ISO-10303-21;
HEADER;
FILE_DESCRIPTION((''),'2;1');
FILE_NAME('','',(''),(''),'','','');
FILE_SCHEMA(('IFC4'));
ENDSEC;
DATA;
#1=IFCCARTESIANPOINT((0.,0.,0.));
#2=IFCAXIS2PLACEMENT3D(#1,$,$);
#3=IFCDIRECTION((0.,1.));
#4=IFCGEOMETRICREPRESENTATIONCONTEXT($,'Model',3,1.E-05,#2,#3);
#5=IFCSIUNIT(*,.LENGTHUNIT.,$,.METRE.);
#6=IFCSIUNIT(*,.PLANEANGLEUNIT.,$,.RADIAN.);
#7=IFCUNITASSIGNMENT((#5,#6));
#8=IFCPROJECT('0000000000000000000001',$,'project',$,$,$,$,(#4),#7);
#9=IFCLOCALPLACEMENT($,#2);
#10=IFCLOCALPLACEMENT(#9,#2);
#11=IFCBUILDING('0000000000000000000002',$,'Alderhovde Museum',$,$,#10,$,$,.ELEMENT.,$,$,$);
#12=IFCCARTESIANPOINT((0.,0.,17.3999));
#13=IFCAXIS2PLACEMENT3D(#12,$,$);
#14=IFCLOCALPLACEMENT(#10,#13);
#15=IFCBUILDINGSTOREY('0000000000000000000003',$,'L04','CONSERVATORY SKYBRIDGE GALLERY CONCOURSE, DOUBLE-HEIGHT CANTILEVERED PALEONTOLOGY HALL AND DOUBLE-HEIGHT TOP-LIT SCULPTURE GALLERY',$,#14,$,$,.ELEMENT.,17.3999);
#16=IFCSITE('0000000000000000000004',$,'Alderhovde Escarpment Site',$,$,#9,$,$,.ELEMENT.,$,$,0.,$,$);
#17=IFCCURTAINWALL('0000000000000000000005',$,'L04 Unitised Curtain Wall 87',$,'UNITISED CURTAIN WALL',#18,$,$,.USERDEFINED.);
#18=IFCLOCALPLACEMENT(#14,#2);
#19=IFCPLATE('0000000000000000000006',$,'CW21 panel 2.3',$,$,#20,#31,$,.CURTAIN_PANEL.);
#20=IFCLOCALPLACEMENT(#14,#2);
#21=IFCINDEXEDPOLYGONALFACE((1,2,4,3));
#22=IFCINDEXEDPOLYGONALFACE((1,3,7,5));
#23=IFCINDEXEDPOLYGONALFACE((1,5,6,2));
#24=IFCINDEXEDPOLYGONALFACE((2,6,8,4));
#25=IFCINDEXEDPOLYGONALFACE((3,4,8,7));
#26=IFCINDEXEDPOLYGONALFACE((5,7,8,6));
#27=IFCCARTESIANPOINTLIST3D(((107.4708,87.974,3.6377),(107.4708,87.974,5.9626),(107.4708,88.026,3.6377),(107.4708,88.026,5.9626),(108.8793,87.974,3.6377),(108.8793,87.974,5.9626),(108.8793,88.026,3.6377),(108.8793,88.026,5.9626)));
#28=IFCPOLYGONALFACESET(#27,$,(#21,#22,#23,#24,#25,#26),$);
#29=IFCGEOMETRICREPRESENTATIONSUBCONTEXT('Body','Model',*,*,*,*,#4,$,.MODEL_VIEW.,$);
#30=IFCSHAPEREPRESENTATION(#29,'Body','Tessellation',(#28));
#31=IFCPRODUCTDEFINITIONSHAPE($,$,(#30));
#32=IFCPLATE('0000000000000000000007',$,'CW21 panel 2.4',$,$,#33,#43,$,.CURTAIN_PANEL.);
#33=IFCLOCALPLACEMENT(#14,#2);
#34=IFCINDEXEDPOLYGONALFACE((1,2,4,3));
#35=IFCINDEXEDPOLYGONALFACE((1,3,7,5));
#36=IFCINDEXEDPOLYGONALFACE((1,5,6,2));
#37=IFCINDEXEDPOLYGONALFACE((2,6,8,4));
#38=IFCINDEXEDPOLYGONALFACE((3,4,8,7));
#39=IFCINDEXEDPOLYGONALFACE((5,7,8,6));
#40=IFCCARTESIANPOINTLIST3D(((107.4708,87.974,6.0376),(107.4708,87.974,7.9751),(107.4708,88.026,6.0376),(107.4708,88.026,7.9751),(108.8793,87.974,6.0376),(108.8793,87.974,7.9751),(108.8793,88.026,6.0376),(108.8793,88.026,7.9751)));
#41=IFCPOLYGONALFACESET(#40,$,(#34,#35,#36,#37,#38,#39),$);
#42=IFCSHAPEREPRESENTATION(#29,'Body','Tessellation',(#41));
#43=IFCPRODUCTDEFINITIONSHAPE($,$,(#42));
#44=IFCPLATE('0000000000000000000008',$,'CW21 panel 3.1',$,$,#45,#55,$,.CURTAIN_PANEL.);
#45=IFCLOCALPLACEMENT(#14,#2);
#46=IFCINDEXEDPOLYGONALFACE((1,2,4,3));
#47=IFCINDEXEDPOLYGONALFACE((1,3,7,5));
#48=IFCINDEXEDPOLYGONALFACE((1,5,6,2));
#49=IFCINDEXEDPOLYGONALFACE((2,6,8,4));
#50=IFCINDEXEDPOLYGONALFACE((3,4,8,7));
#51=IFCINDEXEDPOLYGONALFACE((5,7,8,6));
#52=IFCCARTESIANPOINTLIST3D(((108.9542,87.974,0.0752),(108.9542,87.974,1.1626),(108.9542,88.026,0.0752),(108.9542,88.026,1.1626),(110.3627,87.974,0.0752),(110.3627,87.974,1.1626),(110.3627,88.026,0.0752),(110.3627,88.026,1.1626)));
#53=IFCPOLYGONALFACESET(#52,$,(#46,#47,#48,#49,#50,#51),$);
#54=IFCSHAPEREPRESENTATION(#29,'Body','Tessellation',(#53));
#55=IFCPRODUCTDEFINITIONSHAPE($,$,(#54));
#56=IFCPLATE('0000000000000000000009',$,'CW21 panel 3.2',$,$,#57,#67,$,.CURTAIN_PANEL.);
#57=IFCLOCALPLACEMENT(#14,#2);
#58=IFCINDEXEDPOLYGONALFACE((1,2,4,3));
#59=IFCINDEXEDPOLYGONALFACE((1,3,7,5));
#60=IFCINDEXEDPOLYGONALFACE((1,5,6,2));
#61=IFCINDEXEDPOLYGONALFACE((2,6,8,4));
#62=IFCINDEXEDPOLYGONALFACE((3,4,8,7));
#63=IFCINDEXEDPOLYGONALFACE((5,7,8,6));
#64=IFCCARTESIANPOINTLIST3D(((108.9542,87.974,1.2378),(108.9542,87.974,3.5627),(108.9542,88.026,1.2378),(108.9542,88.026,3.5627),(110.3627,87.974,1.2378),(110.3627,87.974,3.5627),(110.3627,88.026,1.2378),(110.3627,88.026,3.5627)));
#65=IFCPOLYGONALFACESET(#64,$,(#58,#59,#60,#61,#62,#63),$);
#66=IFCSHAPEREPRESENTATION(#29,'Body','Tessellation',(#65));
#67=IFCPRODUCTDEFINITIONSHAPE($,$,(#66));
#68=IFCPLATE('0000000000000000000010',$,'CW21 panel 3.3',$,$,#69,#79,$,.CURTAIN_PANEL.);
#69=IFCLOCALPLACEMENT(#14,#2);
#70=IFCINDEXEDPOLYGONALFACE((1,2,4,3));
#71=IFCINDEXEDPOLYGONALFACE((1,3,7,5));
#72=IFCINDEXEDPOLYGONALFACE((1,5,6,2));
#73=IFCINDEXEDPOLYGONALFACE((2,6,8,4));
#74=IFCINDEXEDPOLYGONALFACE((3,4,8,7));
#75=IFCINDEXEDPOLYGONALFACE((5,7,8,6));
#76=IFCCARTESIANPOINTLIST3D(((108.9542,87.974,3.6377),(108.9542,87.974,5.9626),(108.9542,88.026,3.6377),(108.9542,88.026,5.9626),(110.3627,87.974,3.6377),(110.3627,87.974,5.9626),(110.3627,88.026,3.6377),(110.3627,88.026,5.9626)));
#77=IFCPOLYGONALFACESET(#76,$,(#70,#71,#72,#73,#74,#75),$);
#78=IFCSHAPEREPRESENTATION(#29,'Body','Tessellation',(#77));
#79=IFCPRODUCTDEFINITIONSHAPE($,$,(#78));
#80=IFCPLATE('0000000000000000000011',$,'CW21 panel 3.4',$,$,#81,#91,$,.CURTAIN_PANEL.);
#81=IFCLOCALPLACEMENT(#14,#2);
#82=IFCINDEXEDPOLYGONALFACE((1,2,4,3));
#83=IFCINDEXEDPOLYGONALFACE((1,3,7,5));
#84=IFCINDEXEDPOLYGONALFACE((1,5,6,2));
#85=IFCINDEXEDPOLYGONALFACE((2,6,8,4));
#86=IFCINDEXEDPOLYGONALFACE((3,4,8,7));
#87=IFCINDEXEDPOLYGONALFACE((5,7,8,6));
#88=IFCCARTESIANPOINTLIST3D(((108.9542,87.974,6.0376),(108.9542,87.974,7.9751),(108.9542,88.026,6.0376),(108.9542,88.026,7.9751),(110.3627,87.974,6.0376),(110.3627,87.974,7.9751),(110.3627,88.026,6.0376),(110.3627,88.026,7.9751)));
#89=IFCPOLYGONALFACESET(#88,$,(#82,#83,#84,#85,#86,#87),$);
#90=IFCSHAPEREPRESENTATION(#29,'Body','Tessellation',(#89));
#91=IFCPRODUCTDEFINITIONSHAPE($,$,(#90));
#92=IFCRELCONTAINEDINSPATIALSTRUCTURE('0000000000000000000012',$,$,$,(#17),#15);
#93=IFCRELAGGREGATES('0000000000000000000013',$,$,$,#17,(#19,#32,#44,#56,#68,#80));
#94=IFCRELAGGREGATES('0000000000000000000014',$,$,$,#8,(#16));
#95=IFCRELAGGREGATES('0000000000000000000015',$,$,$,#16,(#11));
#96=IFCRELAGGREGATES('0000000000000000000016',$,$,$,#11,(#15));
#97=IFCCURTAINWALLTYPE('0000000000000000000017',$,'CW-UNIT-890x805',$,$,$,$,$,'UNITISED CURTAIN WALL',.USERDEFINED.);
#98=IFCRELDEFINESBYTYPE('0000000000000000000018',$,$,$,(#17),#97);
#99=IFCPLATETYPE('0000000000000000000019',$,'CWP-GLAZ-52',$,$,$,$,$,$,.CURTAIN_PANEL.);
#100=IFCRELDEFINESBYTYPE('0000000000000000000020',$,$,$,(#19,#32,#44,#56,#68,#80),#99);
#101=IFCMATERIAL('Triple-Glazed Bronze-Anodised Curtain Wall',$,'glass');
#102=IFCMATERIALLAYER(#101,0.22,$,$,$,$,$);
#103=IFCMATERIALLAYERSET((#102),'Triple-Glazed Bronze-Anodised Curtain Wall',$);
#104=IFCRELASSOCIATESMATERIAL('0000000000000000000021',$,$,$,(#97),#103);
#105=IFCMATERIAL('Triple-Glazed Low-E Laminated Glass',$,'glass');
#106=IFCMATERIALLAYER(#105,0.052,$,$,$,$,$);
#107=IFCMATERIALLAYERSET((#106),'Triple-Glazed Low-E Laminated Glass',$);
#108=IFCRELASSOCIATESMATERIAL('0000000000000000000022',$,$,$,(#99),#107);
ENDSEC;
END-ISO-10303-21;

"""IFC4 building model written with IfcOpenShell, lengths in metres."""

from ifc_helpers import new_model, si_unit, direction, frame, origin, origin_2d, place, context, subcontext, project, spatial, rectangle, extrude, material, layer, layer_set, type_object, element, aggregate, save


model = new_model("IFC4")

# Units and contexts
model_context = context("Model", 3, precision=1e-05, world=origin(), true_north=direction((0.0, 1.0)))
body_context = subcontext(model_context, "Body", "Model", "MODEL_VIEW")
ifc_project = project(units=[si_unit("LENGTHUNIT", "METRE"), si_unit("PLANEANGLEUNIT", "RADIAN")], contexts=[model_context])

# Site, building, storey
site_placement = place(None, origin())
site = spatial("IfcSite", under=ifc_project, at=site_placement, Name="Alderhovde Escarpment Site", CompositionType="ELEMENT", RefElevation=0.0)
building_placement = place(site_placement, origin())
building = spatial("IfcBuilding", under=site, at=building_placement, Name="Alderhovde Museum", CompositionType="ELEMENT")
storey_placement = place(building_placement, frame((0.0, 0.0, 17.3999)))
storey = spatial("IfcBuildingStorey", under=building, at=storey_placement, Name="L04", Description="CONSERVATORY SKYBRIDGE GALLERY CONCOURSE, DOUBLE-HEIGHT CANTILEVERED PALEONTOLOGY HALL AND DOUBLE-HEIGHT TOP-LIT SCULPTURE GALLERY", CompositionType="ELEMENT", Elevation=17.3999)

# Curtain wall
ifc_material_1 = material(Name="Triple-Glazed Bronze-Anodised Curtain Wall", Category="glass")
ifc_layer_1 = layer(ifc_material_1, 0.22)
ifc_layer_set_1 = layer_set([ifc_layer_1], Name="Triple-Glazed Bronze-Anodised Curtain Wall")
curtain_wall_type = type_object("IfcCurtainWallType", Name="CW-UNIT-890x805", ElementType="UNITISED CURTAIN WALL", PredefinedType="USERDEFINED", material=ifc_layer_set_1)
curtain_wall_placement = place(storey_placement, origin())
curtain_wall = element("IfcCurtainWall", 1, at=curtain_wall_placement, inside=storey, type_object=curtain_wall_type, Name="L04 Unitised Curtain Wall 87", ObjectType="UNITISED CURTAIN WALL", PredefinedType="USERDEFINED")

# Plates
ifc_material_2 = material(Name="Triple-Glazed Low-E Laminated Glass", Category="glass")
ifc_layer_2 = layer(ifc_material_2, 0.052)
ifc_layer_set_2 = layer_set([ifc_layer_2], Name="Triple-Glazed Low-E Laminated Glass")
plate_type = type_object("IfcPlateType", Name="CWP-GLAZ-52", PredefinedType="CURTAIN_PANEL", material=ifc_layer_set_2)
plate_1_placement = place(storey_placement, frame((108.175, 88.0, 3.6377), z_axis=(0.0, 0.0, 1.0), x_axis=(1.0, 0.0, 0.0)))
plate_1 = element("IfcPlate", 2, at=plate_1_placement, type_object=plate_type, Name="CW21 panel 2.3", PredefinedType="CURTAIN_PANEL", context=body_context, shape_type="SweptSolid", body=[
    extrude(rectangle(XDim=1.4084, YDim=0.052, at=origin_2d()), origin(), (0.0, 0.0, 1.0), 2.325),
])
plate_2_placement = place(storey_placement, frame((108.175, 88.0, 6.0376), z_axis=(0.0, 0.0, 1.0), x_axis=(1.0, 0.0, 0.0)))
plate_2 = element("IfcPlate", 3, at=plate_2_placement, type_object=plate_type, Name="CW21 panel 2.4", PredefinedType="CURTAIN_PANEL", context=body_context, shape_type="SweptSolid", body=[
    extrude(rectangle(XDim=1.4084, YDim=0.052, at=origin_2d()), origin(), (0.0, 0.0, 1.0), 1.9375),
])
plate_3_placement = place(storey_placement, frame((109.6584, 88.0, 0.0752), z_axis=(0.0, 0.0, 1.0), x_axis=(1.0, 0.0, 0.0)))
plate_3 = element("IfcPlate", 4, at=plate_3_placement, type_object=plate_type, Name="CW21 panel 3.1", PredefinedType="CURTAIN_PANEL", context=body_context, shape_type="SweptSolid", body=[
    extrude(rectangle(XDim=1.4084, YDim=0.052, at=origin_2d()), origin(), (0.0, 0.0, 1.0), 1.0874),
])
plate_4_placement = place(storey_placement, frame((109.6584, 88.0, 1.2378), z_axis=(0.0, 0.0, 1.0), x_axis=(1.0, 0.0, 0.0)))
plate_4 = element("IfcPlate", 5, at=plate_4_placement, type_object=plate_type, Name="CW21 panel 3.2", PredefinedType="CURTAIN_PANEL", context=body_context, shape_type="SweptSolid", body=[
    extrude(rectangle(XDim=1.4084, YDim=0.052, at=origin_2d()), origin(), (0.0, 0.0, 1.0), 2.325),
])
plate_5_placement = place(storey_placement, frame((109.6584, 88.0, 3.6377), z_axis=(0.0, 0.0, 1.0), x_axis=(1.0, 0.0, 0.0)))
plate_5 = element("IfcPlate", 6, at=plate_5_placement, type_object=plate_type, Name="CW21 panel 3.3", PredefinedType="CURTAIN_PANEL", context=body_context, shape_type="SweptSolid", body=[
    extrude(rectangle(XDim=1.4084, YDim=0.052, at=origin_2d()), origin(), (0.0, 0.0, 1.0), 2.325),
])
plate_6_placement = place(storey_placement, frame((109.6584, 88.0, 6.0376), z_axis=(0.0, 0.0, 1.0), x_axis=(1.0, 0.0, 0.0)))
plate_6 = element("IfcPlate", 7, at=plate_6_placement, type_object=plate_type, Name="CW21 panel 3.4", PredefinedType="CURTAIN_PANEL", context=body_context, shape_type="SweptSolid", body=[
    extrude(rectangle(XDim=1.4084, YDim=0.052, at=origin_2d()), origin(), (0.0, 0.0, 1.0), 1.9375),
])
aggregate(curtain_wall, [plate_1, plate_2, plate_3, plate_4, plate_5, plate_6])

save(model, "model.ifc")
